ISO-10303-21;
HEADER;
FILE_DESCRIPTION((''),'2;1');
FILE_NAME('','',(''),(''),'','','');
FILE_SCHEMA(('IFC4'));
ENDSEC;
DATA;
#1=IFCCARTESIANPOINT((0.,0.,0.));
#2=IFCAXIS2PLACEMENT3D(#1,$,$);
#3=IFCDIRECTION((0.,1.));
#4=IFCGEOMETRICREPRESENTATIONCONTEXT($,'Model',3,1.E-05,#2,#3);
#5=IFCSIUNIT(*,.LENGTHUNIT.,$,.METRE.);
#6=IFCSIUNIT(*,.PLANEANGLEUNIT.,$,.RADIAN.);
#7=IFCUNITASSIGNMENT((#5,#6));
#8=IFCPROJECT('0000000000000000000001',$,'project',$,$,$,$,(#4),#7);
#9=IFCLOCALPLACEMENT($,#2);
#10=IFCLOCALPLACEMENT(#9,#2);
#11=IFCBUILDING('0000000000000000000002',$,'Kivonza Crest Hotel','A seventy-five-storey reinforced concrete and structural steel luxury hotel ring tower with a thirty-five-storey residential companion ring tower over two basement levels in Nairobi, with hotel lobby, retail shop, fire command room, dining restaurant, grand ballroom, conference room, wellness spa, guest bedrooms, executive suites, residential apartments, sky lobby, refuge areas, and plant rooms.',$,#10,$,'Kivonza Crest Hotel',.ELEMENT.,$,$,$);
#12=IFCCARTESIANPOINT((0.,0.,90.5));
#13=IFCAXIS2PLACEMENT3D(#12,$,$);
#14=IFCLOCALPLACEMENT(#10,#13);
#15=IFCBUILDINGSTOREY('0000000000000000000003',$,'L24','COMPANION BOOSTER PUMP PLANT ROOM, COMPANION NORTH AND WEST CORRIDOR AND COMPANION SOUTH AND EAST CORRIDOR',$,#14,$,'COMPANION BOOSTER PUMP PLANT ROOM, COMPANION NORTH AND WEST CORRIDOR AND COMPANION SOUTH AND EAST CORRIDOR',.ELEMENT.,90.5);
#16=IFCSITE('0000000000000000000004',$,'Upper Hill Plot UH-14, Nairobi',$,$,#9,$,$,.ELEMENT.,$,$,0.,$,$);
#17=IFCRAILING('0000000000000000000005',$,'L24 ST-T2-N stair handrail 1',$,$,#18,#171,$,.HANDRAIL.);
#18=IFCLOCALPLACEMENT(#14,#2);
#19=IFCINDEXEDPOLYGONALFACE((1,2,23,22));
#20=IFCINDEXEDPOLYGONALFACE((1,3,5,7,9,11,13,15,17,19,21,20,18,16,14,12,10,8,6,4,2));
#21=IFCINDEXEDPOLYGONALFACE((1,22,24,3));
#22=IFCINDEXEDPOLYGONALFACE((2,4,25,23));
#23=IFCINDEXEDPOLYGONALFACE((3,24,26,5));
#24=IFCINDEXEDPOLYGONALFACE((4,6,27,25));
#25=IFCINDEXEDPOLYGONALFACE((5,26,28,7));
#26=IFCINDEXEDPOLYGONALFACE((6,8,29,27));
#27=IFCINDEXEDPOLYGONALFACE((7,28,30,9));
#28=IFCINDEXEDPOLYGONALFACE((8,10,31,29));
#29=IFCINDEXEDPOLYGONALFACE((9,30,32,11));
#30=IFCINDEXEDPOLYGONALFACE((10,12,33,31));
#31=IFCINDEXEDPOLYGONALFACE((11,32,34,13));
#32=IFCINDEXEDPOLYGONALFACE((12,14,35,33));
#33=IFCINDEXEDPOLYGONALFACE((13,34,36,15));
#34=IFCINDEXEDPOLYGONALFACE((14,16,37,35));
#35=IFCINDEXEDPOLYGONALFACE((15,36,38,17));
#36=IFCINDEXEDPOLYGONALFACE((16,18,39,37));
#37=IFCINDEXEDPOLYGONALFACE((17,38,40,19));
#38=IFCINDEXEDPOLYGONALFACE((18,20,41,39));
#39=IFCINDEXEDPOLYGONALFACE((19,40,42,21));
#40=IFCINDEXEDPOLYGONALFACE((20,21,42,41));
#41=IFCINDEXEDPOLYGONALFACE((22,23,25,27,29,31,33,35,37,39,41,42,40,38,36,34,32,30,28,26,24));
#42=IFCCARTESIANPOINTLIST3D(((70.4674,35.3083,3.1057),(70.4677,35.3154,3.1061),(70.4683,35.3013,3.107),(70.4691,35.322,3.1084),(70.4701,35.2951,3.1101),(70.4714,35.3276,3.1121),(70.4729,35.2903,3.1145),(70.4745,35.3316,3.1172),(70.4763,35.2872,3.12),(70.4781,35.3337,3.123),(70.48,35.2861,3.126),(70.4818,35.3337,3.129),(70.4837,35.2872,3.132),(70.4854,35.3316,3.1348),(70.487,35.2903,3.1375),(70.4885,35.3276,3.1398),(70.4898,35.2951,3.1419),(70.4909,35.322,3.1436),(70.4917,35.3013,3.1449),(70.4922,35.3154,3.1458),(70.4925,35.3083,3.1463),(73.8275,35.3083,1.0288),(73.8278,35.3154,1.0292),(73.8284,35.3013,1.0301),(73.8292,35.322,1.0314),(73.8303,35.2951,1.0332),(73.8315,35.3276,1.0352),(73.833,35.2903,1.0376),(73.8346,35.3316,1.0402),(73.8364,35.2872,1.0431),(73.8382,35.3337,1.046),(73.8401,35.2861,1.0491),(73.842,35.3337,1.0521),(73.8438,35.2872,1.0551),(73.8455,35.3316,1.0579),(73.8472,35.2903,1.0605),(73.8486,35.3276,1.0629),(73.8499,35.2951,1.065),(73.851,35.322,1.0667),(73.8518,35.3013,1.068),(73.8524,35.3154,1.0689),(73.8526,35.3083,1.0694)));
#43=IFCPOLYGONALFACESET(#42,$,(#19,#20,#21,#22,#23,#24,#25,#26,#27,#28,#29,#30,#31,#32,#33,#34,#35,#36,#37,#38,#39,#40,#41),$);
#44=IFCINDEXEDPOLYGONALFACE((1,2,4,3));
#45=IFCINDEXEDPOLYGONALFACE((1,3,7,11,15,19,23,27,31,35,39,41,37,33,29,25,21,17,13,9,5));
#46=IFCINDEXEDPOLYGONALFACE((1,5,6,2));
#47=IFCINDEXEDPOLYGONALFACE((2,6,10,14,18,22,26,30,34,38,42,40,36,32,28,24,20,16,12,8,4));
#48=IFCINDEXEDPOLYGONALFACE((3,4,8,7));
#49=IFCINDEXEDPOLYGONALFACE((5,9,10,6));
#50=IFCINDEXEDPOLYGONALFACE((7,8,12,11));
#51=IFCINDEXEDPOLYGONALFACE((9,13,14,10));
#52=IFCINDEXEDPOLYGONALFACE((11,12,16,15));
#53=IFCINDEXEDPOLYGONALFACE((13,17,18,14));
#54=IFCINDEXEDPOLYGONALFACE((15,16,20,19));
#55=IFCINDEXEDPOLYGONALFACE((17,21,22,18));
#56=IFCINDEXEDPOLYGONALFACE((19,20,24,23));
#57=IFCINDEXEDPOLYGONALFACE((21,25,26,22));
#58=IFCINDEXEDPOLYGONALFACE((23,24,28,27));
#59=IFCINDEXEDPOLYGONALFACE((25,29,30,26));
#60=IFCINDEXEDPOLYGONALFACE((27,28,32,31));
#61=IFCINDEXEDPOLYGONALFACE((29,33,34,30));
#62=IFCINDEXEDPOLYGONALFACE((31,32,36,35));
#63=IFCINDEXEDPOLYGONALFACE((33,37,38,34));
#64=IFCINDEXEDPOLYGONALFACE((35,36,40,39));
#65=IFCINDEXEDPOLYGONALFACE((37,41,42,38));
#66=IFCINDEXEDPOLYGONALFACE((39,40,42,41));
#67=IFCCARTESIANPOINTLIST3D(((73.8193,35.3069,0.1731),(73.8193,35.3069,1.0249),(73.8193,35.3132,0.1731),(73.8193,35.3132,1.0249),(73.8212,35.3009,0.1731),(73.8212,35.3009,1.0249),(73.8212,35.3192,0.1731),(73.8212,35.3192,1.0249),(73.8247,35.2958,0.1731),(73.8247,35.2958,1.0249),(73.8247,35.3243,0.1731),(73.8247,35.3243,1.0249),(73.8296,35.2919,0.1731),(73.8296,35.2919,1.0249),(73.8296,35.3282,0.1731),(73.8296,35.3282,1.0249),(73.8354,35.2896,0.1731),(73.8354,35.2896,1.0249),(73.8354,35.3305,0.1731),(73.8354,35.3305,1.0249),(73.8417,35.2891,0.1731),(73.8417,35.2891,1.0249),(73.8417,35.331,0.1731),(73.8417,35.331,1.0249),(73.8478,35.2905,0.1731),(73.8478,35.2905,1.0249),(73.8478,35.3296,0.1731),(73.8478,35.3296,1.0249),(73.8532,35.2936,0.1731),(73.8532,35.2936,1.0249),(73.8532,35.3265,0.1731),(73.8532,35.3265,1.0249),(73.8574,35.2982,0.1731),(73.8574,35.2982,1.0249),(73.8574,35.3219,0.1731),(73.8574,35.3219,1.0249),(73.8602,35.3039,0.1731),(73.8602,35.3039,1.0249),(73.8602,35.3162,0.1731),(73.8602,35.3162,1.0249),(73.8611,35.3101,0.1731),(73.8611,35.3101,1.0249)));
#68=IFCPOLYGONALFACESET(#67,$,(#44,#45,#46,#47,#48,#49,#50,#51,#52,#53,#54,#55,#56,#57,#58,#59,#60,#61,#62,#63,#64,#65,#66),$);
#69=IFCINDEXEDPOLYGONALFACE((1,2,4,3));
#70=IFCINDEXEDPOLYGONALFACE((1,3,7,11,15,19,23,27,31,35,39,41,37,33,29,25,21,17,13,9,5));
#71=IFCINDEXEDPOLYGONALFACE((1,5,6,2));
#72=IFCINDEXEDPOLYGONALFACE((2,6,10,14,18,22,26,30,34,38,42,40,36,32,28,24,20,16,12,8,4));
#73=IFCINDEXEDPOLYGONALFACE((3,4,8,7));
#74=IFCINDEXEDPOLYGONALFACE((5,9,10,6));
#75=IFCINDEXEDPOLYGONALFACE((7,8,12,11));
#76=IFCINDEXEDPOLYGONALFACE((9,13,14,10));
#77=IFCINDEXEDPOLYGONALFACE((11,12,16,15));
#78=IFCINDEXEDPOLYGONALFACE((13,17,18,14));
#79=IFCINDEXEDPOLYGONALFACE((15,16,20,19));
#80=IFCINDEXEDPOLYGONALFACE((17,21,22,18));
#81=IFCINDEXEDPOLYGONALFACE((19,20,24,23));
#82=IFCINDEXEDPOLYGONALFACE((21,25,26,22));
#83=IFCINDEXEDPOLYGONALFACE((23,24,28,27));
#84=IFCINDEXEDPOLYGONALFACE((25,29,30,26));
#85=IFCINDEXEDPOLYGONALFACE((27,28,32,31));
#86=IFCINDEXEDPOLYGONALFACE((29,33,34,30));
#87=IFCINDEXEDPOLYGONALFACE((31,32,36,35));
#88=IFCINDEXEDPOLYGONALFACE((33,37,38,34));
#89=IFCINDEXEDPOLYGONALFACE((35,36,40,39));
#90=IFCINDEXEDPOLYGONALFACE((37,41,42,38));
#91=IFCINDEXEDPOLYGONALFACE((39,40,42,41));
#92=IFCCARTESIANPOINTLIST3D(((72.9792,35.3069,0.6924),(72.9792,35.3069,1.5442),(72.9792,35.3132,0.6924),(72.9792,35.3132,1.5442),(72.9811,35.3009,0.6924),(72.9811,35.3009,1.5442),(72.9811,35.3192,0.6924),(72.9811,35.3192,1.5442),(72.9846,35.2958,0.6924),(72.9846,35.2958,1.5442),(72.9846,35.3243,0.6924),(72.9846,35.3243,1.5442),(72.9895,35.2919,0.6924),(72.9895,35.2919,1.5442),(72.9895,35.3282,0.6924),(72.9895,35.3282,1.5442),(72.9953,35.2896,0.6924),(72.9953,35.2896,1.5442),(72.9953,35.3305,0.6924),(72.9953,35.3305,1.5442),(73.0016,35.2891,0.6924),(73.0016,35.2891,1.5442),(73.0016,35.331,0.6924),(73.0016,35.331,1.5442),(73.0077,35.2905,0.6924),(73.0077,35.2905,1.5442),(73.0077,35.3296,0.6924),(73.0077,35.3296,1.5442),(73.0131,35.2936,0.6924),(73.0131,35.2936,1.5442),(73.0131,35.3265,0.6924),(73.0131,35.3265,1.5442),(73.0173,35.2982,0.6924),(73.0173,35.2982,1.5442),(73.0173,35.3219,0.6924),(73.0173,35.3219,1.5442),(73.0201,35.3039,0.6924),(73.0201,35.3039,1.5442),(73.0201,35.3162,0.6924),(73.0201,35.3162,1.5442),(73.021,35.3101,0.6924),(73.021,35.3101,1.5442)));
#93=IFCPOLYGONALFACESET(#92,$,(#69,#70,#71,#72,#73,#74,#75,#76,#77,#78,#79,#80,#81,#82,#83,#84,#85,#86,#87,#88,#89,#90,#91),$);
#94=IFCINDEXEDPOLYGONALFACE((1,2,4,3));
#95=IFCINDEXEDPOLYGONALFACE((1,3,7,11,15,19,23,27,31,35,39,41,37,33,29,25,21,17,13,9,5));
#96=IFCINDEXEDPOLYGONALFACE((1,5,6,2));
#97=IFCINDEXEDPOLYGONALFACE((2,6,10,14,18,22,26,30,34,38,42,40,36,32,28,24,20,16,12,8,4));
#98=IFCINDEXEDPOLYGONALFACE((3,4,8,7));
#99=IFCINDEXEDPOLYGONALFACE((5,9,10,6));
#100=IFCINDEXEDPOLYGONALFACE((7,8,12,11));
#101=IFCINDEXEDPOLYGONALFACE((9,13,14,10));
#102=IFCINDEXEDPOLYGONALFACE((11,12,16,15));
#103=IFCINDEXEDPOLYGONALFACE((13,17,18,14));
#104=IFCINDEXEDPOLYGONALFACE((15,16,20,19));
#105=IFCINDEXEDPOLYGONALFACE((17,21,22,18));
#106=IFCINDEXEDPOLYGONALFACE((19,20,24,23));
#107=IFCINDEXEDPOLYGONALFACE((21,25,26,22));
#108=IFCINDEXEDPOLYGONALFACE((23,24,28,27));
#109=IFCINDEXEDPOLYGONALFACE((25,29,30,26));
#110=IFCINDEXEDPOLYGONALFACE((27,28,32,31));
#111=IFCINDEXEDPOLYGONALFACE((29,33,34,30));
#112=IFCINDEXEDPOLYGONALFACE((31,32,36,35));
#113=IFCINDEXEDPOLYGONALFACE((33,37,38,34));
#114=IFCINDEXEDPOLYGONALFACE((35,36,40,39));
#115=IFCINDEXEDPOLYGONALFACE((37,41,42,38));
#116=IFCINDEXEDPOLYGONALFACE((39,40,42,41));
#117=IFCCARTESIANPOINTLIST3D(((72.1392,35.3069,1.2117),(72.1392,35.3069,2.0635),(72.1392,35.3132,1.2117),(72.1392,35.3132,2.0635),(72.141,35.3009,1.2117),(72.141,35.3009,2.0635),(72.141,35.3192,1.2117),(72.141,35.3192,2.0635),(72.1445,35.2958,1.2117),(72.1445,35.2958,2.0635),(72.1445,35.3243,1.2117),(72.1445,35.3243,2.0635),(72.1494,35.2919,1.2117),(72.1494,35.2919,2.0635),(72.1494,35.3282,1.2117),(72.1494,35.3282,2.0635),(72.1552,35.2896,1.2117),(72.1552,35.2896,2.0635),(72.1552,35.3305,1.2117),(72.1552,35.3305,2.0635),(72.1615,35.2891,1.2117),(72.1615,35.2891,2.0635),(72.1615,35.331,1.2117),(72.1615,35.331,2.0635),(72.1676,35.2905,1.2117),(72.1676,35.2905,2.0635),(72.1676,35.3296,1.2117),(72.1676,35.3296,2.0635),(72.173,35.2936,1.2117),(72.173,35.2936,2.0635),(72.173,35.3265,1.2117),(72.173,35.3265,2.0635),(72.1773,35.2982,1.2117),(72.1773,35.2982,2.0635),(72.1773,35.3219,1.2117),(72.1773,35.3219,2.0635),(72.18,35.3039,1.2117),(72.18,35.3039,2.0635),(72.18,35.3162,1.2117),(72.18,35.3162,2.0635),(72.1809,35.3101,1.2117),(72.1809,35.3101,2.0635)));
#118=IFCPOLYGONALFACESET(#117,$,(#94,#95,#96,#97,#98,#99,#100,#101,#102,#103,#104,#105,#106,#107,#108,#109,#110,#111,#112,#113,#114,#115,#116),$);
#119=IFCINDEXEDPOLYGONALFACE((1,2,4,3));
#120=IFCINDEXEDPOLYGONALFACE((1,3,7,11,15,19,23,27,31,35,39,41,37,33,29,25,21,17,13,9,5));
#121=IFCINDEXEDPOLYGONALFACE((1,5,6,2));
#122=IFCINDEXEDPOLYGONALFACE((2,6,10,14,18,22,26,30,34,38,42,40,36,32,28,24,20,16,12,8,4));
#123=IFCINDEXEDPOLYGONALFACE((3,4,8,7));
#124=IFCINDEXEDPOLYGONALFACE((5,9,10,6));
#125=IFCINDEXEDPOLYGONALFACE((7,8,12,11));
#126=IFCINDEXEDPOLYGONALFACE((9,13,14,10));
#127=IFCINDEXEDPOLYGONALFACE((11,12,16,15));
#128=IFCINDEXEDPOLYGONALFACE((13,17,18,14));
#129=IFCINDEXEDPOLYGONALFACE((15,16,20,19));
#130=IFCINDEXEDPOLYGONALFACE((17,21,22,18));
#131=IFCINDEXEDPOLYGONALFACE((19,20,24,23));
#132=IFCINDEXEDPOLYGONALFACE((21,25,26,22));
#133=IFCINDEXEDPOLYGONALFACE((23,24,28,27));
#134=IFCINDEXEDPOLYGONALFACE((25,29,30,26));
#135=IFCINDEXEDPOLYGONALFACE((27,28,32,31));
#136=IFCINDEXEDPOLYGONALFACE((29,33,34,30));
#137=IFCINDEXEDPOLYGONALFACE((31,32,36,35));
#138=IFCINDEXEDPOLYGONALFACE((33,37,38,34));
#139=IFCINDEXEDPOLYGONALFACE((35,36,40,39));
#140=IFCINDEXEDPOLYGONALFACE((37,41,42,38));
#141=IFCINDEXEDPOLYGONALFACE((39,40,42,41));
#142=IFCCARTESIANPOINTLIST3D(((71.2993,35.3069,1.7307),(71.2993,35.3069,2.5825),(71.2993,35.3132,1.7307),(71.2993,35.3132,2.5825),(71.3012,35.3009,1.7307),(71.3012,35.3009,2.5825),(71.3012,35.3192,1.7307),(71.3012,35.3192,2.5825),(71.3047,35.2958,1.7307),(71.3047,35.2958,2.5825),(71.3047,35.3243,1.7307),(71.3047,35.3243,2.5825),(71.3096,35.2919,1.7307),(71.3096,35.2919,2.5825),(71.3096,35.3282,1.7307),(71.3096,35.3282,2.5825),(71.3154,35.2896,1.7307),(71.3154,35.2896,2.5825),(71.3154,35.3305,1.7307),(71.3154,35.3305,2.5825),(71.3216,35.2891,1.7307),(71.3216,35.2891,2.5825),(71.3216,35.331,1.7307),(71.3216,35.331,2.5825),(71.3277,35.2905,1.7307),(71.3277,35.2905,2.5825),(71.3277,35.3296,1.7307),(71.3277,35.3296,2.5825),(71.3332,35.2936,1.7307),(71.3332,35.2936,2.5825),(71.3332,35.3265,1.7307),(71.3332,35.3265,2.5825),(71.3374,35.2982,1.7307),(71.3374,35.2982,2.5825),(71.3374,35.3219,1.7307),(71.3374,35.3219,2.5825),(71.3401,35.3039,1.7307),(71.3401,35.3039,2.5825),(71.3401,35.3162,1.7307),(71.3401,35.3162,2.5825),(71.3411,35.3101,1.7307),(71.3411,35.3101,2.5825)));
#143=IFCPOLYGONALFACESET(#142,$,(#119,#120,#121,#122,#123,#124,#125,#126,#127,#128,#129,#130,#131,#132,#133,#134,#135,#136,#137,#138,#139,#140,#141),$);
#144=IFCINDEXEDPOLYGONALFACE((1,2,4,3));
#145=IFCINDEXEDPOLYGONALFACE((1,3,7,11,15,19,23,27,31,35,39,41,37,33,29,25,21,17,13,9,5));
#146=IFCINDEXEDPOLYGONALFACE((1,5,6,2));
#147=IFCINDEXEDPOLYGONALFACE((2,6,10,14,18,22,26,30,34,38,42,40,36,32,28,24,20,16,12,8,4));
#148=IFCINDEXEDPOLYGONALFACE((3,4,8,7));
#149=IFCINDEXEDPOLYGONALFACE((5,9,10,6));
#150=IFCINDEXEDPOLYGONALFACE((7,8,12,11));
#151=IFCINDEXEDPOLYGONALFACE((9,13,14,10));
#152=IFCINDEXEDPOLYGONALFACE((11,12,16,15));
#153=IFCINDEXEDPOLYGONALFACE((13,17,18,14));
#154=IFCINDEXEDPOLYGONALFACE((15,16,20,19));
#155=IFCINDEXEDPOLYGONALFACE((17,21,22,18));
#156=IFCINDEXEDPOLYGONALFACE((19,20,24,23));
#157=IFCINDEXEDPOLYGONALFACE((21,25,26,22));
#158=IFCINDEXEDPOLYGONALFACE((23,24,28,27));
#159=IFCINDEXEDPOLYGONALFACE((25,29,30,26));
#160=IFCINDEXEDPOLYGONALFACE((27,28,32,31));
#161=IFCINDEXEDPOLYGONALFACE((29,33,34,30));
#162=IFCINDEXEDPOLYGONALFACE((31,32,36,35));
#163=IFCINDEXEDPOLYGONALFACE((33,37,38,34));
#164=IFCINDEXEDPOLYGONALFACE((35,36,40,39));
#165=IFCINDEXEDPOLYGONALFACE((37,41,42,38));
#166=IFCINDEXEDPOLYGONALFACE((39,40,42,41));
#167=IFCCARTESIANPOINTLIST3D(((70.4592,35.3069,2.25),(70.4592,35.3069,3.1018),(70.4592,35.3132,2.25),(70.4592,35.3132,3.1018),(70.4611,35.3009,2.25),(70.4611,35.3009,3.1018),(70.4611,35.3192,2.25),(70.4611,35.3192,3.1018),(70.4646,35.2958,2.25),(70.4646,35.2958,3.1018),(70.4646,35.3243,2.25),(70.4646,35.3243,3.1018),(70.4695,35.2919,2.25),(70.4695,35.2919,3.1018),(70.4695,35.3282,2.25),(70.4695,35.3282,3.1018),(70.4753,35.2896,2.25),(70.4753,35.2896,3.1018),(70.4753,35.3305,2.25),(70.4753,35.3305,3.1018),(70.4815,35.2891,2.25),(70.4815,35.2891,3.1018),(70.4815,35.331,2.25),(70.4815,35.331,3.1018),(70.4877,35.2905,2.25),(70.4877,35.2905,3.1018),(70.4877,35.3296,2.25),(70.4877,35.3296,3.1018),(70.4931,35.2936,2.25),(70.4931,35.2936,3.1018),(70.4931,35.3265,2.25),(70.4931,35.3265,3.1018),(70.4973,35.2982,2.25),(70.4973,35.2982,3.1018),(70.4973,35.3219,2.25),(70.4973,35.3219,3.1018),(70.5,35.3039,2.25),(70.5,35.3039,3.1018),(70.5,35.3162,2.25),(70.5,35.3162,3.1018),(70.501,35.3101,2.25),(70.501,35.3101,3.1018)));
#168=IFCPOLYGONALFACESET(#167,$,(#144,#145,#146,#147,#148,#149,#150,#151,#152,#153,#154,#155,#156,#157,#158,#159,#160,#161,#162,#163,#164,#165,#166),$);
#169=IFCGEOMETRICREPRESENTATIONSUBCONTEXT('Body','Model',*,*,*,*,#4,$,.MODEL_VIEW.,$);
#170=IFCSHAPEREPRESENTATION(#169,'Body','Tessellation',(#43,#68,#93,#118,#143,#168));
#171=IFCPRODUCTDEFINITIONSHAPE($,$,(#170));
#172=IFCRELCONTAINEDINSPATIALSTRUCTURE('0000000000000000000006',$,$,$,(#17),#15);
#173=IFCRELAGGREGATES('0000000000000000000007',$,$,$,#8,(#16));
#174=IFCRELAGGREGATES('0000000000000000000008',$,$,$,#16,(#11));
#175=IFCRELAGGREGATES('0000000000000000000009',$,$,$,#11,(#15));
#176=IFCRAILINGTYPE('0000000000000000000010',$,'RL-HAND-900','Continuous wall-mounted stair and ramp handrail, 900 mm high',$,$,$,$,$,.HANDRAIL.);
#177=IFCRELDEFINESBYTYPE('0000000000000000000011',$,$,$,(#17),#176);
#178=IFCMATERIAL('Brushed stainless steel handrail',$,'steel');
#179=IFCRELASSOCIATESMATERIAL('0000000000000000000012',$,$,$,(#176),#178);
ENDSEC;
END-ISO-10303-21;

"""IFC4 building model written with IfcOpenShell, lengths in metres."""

from ifc_helpers import new_model, si_unit, direction, frame, origin, origin_2d, place, context, subcontext, project, spatial, circle, extrude, material, type_object, element, save


model = new_model("IFC4")

# Units and contexts
model_context = context("Model", 3, precision=1e-05, world=origin(), true_north=direction((0.0, 1.0)))
body_context = subcontext(model_context, "Body", "Model", "MODEL_VIEW")
ifc_project = project(units=[si_unit("LENGTHUNIT", "METRE"), si_unit("PLANEANGLEUNIT", "RADIAN")], contexts=[model_context])

# Site, building, storey
site_placement = place(None, origin())
site = spatial("IfcSite", under=ifc_project, at=site_placement, Name="Upper Hill Plot UH-14, Nairobi", CompositionType="ELEMENT", RefElevation=0.0)
building_placement = place(site_placement, origin())
building = spatial("IfcBuilding", under=site, at=building_placement, Name="Kivonza Crest Hotel", Description="A seventy-five-storey reinforced concrete and structural steel luxury hotel ring tower with a thirty-five-storey residential companion ring tower over two basement levels in Nairobi, with hotel lobby, retail shop, fire command room, dining restaurant, grand ballroom, conference room, wellness spa, guest bedrooms, executive suites, residential apartments, sky lobby, refuge areas, and plant rooms.", LongName="Kivonza Crest Hotel", CompositionType="ELEMENT")
storey_placement = place(building_placement, frame((0.0, 0.0, 90.5)))
storey = spatial("IfcBuildingStorey", under=building, at=storey_placement, Name="L24", Description="COMPANION BOOSTER PUMP PLANT ROOM, COMPANION NORTH AND WEST CORRIDOR AND COMPANION SOUTH AND EAST CORRIDOR", LongName="COMPANION BOOSTER PUMP PLANT ROOM, COMPANION NORTH AND WEST CORRIDOR AND COMPANION SOUTH AND EAST CORRIDOR", CompositionType="ELEMENT", Elevation=90.5)

# Railing
ifc_material_1 = material(Name="Brushed stainless steel handrail", Category="steel")
railing_type_1 = type_object("IfcRailingType", Name="RL-HAND-900", Description="Continuous wall-mounted stair and ramp handrail, 900 mm high", PredefinedType="HANDRAIL", material=ifc_material_1)
railing_1_placement = place(storey_placement, frame((73.8401, 35.3101, 0.1731)))
element("IfcRailing", 1, at=railing_1_placement, inside=storey, type_object=railing_type_1, Name="L24 ST-T2-N stair handrail 1", PredefinedType="HANDRAIL", context=body_context, shape_type="SweptSolid", body=[
    extrude(circle(Radius=0.0239, at=origin_2d()), frame((0.0, 0.0, 0.876), z_axis=(-0.850623, 0.0, 0.525776), x_axis=(0.0, -1.0, 0.0)), (0.0, 0.0, 1.0), 3.9502),
    extrude(circle(Radius=0.021, at=origin_2d()), origin(), (0.0, 0.0, 1.0), 0.8518),
    extrude(circle(Radius=0.021, at=origin_2d()), frame((-0.8401, 0.0, 0.5193)), (0.0, 0.0, 1.0), 0.8518),
    extrude(circle(Radius=0.021, at=origin_2d()), frame((-1.6802, 0.0, 1.0386)), (0.0, 0.0, 1.0), 0.8518),
    extrude(circle(Radius=0.021, at=origin_2d()), frame((-2.52, 0.0, 1.5576)), (0.0, 0.0, 1.0), 0.8518),
    extrude(circle(Radius=0.021, at=origin_2d()), frame((-3.3601, 0.0, 2.0769)), (0.0, 0.0, 1.0), 0.8518),
])

save(model, "model.ifc")
